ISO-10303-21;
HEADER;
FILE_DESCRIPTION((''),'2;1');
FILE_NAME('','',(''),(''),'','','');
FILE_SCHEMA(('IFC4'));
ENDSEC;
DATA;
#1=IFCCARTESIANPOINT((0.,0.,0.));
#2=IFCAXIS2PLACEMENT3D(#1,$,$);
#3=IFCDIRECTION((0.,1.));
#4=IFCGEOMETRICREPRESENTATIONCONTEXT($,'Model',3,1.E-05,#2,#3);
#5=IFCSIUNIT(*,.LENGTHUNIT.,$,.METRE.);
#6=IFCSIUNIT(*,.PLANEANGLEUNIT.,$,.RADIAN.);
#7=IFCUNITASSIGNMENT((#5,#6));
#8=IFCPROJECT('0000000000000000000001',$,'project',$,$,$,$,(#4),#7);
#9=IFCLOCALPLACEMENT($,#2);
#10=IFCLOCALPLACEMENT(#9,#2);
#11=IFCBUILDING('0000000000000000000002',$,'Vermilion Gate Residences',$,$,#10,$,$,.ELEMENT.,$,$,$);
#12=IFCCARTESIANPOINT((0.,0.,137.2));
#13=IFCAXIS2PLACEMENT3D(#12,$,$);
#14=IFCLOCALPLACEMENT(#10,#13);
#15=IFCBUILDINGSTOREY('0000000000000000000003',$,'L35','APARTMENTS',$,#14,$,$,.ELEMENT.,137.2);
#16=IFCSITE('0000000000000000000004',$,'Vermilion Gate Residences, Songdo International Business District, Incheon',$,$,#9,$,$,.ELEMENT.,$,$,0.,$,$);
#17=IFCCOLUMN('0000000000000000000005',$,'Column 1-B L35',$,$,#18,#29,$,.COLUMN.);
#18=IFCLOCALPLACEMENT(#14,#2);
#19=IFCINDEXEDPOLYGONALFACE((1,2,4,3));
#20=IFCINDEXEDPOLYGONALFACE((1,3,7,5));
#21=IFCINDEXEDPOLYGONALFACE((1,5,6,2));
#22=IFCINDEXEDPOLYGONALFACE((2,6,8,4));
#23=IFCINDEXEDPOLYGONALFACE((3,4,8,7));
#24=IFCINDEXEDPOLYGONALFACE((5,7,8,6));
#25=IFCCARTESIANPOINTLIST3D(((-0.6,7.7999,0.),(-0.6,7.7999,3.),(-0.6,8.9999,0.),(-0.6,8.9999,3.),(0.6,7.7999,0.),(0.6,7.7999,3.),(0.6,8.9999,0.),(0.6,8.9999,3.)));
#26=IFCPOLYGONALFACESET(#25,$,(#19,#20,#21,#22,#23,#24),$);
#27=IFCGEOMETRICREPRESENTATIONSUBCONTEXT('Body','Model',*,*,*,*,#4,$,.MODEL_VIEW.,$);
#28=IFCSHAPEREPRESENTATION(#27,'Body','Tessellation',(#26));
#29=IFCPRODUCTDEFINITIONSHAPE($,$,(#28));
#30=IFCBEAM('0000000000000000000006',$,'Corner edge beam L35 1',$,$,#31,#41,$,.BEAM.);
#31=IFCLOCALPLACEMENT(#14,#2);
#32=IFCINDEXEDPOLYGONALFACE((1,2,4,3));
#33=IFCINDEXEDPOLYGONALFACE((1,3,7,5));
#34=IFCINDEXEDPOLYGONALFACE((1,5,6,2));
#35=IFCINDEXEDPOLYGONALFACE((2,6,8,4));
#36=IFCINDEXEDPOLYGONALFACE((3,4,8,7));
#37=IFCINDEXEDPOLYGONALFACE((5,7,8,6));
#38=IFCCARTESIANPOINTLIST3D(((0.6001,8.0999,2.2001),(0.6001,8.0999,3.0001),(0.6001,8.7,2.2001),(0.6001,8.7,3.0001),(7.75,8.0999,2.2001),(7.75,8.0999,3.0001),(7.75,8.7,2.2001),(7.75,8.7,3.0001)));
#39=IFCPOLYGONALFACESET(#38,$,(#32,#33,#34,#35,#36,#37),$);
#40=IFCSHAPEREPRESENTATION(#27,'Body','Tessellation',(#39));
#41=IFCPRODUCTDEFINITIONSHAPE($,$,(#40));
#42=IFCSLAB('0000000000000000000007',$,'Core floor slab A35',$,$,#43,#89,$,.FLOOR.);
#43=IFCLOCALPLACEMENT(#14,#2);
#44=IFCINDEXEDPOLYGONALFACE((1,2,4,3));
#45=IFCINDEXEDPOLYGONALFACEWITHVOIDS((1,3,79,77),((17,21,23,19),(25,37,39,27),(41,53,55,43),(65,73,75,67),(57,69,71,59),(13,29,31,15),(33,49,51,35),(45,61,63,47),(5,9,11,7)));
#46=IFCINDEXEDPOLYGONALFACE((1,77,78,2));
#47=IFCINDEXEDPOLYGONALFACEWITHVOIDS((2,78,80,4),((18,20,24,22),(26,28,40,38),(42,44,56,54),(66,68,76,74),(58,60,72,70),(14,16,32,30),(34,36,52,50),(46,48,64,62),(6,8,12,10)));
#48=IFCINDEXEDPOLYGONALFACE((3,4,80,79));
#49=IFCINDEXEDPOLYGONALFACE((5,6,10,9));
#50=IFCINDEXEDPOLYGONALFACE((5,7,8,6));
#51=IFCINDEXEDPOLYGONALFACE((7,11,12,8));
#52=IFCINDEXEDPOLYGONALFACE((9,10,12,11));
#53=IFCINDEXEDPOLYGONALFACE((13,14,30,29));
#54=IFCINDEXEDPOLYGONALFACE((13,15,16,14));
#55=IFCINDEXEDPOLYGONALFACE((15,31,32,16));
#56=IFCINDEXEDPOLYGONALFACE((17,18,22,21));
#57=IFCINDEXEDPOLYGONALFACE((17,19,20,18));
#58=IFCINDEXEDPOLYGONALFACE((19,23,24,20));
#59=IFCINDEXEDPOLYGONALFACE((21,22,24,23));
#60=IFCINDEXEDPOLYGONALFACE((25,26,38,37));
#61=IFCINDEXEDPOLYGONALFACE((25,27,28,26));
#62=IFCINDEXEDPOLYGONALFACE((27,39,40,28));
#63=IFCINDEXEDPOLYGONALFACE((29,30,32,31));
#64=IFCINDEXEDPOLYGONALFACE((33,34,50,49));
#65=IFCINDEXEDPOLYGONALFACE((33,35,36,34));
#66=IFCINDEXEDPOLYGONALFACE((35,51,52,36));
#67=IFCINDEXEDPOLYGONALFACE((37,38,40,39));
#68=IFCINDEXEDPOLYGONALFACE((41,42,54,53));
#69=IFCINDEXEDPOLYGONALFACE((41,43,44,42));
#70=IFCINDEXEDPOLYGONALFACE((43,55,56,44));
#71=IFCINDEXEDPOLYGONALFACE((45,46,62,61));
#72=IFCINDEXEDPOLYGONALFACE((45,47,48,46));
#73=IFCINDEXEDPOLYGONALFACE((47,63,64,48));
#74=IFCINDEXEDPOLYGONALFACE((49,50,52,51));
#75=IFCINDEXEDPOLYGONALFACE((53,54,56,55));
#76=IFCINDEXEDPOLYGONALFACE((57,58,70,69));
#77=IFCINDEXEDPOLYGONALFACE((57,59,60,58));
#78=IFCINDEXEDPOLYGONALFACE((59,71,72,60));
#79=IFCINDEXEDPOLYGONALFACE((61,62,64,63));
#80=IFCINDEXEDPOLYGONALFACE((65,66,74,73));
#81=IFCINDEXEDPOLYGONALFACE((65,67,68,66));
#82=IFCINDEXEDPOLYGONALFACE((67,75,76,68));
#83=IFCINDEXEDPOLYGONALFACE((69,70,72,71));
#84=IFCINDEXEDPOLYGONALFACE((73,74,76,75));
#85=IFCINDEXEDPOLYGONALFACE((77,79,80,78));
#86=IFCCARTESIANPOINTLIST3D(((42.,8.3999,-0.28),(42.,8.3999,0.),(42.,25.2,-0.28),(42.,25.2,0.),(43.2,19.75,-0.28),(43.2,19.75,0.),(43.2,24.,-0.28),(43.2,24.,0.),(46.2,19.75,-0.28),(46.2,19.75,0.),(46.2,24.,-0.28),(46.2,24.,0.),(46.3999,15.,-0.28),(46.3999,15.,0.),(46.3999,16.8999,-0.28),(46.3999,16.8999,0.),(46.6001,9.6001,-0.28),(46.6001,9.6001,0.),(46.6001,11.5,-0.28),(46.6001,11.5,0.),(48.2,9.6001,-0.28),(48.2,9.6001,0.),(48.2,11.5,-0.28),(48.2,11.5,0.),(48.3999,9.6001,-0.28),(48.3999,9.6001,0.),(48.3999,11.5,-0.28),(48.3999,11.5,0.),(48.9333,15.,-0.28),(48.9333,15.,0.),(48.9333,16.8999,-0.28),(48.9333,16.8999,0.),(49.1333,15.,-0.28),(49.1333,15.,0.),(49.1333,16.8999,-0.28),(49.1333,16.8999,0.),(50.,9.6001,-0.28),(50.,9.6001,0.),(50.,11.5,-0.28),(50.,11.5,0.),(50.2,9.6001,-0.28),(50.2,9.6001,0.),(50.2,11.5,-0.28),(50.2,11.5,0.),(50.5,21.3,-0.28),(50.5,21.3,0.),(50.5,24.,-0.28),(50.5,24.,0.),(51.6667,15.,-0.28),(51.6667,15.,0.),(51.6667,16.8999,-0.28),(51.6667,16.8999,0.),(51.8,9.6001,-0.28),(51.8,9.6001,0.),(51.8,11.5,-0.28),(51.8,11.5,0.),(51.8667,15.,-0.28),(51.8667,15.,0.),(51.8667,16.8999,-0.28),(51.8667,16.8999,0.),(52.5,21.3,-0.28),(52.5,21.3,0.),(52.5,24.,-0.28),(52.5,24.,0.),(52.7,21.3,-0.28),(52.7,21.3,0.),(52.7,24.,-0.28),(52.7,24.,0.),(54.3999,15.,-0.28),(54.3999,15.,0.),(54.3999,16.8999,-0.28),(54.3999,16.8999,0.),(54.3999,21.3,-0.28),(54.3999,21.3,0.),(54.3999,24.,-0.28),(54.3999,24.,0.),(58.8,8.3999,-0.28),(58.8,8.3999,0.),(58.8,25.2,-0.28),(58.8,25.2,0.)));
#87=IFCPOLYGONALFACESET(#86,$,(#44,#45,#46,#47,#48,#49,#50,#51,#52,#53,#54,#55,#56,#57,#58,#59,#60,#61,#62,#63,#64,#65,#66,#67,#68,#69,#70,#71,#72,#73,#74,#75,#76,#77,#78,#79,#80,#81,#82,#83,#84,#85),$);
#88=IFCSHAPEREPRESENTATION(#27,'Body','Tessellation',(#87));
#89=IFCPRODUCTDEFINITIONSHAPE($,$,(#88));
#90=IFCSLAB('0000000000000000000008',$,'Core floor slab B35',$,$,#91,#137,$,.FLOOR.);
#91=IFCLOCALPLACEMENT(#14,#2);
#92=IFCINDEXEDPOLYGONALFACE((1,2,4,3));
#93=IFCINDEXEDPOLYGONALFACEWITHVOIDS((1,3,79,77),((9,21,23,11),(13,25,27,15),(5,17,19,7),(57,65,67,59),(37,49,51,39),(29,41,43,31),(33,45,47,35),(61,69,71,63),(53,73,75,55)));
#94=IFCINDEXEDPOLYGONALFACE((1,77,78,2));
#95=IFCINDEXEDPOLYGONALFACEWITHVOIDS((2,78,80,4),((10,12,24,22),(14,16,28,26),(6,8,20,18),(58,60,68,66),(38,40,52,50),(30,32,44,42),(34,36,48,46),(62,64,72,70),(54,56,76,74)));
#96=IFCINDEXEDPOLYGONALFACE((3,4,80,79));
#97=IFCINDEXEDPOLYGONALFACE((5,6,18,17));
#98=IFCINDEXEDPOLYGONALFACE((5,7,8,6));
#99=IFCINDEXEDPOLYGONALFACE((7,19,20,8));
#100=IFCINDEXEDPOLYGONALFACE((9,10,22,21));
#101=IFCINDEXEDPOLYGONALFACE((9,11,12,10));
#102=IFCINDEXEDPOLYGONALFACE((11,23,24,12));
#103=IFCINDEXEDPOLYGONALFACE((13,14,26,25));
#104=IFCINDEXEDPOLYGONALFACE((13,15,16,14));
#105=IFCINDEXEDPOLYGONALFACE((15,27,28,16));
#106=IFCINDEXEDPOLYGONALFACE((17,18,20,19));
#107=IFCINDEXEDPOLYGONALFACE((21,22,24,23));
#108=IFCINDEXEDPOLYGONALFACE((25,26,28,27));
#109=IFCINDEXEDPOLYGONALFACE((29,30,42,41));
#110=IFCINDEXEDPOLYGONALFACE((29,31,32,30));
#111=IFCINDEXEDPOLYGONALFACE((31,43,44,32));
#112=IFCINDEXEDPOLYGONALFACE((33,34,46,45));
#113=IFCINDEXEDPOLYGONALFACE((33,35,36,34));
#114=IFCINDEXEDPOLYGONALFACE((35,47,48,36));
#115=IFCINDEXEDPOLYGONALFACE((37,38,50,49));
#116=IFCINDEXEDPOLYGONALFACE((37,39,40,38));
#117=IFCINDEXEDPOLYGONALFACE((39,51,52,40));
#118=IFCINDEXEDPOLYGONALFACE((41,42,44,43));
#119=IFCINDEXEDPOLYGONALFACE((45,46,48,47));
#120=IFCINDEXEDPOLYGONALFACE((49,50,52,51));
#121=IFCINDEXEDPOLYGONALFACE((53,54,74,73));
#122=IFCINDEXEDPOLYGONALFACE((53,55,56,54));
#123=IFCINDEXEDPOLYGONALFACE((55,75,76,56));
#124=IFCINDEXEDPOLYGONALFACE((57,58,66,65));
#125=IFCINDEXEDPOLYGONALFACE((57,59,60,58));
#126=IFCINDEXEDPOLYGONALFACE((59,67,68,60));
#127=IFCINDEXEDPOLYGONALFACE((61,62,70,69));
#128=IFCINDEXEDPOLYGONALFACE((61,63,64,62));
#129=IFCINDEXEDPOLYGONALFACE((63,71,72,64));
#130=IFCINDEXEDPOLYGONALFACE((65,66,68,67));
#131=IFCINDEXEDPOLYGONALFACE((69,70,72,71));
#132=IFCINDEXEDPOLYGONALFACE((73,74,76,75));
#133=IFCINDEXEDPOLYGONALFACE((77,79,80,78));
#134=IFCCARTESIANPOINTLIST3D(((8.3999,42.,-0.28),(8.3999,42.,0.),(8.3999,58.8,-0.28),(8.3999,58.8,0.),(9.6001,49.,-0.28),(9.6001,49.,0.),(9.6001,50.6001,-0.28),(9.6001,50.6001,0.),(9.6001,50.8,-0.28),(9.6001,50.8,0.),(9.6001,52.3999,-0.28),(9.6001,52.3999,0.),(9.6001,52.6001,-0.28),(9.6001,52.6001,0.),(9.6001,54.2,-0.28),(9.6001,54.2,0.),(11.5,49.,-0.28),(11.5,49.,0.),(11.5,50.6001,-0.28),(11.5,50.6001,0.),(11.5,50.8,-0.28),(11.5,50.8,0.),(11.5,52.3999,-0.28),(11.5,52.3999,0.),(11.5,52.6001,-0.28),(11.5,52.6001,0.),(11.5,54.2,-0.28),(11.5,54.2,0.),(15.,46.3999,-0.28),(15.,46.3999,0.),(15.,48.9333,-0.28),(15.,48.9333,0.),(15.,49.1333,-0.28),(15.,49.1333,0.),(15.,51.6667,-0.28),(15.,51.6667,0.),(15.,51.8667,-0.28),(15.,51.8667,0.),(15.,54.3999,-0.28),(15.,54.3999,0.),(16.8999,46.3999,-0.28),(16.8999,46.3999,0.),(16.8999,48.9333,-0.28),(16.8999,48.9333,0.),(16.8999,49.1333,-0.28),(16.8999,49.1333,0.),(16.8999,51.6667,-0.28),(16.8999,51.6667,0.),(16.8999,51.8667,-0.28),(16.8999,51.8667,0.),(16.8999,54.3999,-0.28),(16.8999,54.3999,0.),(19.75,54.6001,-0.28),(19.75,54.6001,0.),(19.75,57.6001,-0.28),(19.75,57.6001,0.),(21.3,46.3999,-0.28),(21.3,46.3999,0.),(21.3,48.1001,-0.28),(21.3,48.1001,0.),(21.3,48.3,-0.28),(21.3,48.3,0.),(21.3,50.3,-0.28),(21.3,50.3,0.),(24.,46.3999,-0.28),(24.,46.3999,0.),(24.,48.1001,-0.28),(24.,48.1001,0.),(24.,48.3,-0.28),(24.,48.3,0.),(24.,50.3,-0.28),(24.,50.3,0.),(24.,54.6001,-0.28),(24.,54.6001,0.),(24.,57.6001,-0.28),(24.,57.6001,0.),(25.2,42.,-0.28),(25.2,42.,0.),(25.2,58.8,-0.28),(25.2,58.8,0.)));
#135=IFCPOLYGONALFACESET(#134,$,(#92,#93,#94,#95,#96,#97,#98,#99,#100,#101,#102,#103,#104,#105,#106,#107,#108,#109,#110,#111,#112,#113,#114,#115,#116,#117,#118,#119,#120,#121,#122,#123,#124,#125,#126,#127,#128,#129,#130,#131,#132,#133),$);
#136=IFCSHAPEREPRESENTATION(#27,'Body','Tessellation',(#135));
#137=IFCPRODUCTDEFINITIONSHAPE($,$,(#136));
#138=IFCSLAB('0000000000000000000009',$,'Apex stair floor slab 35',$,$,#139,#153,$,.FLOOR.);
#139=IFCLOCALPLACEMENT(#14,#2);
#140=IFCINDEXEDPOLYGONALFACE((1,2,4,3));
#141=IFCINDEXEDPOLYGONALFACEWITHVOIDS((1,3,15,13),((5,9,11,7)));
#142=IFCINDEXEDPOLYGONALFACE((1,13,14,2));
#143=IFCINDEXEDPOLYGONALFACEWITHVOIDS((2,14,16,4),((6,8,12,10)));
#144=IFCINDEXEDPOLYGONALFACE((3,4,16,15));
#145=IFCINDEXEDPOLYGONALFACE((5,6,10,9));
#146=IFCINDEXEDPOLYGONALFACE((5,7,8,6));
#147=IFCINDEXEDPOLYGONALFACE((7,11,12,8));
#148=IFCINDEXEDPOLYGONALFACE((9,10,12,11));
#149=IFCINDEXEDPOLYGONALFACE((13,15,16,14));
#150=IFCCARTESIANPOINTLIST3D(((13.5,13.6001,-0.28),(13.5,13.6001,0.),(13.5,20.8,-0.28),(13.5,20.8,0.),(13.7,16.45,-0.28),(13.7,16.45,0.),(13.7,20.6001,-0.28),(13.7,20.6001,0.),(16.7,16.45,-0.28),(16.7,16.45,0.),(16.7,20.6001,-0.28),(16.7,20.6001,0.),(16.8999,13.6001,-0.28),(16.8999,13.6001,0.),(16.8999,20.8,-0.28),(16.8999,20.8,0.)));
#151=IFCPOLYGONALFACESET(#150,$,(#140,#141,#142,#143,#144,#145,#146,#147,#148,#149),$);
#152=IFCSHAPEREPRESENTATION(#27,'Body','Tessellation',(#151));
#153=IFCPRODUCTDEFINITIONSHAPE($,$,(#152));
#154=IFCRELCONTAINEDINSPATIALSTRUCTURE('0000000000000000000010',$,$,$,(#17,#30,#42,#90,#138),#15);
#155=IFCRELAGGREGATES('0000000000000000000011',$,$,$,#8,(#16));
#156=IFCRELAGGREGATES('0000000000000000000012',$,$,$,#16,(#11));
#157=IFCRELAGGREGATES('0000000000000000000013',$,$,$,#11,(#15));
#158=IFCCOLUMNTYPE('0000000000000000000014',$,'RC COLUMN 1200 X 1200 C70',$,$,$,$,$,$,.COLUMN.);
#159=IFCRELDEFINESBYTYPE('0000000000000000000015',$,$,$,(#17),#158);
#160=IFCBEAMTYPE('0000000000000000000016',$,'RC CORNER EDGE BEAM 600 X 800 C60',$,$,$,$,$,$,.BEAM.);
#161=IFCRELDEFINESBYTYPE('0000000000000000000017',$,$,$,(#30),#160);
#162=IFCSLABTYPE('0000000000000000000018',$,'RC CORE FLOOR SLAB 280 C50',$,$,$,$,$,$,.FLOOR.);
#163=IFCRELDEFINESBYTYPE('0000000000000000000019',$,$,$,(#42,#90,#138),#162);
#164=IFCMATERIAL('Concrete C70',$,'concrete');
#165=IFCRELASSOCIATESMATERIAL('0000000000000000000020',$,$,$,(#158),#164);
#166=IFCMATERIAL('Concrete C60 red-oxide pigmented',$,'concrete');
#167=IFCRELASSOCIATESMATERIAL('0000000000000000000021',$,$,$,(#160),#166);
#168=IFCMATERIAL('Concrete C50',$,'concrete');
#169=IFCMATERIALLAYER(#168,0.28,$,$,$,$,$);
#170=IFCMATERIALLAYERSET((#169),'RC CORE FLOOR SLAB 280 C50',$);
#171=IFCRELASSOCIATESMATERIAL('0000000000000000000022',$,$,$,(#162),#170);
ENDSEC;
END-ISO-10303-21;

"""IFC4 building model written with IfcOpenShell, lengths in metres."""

from ifc_helpers import new_model, si_unit, direction, frame, origin, origin_2d, place, context, subcontext, project, spatial, polyline, rectangle, outline, extrude, material, layer, layer_set, material_profile, profile_set, type_object, element, save


model = new_model("IFC4")

# Units and contexts
model_context = context("Model", 3, precision=1e-05, world=origin(), true_north=direction((0.0, 1.0)))
body_context = subcontext(model_context, "Body", "Model", "MODEL_VIEW")
ifc_project = project(units=[si_unit("LENGTHUNIT", "METRE"), si_unit("PLANEANGLEUNIT", "RADIAN")], contexts=[model_context])

# Site, building, storey
site_placement = place(None, origin())
site = spatial("IfcSite", under=ifc_project, at=site_placement, Name="Vermilion Gate Residences, Songdo International Business District, Incheon", CompositionType="ELEMENT", RefElevation=0.0)
building_placement = place(site_placement, origin())
building = spatial("IfcBuilding", under=site, at=building_placement, Name="Vermilion Gate Residences", CompositionType="ELEMENT")
storey_placement = place(building_placement, frame((0.0, 0.0, 137.2)))
storey = spatial("IfcBuildingStorey", under=building, at=storey_placement, Name="L35", Description="APARTMENTS", CompositionType="ELEMENT", Elevation=137.2)

# Column
ifc_material_1 = material(Name="Concrete C70", Category="concrete")
ifc_material_profile_1 = material_profile(ifc_material_1, rectangle(XDim=1.2, YDim=1.2, at=origin_2d()), Name="RC-1200x1200")
ifc_profile_set_1 = profile_set([ifc_material_profile_1], Name="Concrete C70")
column_type = type_object("IfcColumnType", Name="RC COLUMN 1200 X 1200 C70", PredefinedType="COLUMN", material=ifc_profile_set_1)
column_placement = place(storey_placement, frame((0.0, 8.3999, 0.0), z_axis=(0.0, 0.0, 1.0), x_axis=(1.0, 0.0, 0.0)))
element("IfcColumn", 1, at=column_placement, inside=storey, type_object=column_type, Name="Column 1-B L35", PredefinedType="COLUMN", context=body_context, shape_type="SweptSolid", body=[
    extrude(rectangle(XDim=1.2, YDim=1.2, at=origin_2d()), origin(), (0.0, 0.0, 1.0), 3.0),
])

# Beam
ifc_material_2 = material(Name="Concrete C60 red-oxide pigmented", Category="concrete")
ifc_material_profile_2 = material_profile(ifc_material_2, rectangle(XDim=0.6001, YDim=0.8, at=origin_2d()), Name="RC-600x800")
ifc_profile_set_2 = profile_set([ifc_material_profile_2], Name="Concrete C60 red-oxide pigmented")
beam_type = type_object("IfcBeamType", Name="RC CORNER EDGE BEAM 600 X 800 C60", PredefinedType="BEAM", material=ifc_profile_set_2)
beam_placement = place(storey_placement, frame((0.6001, 8.3999, 2.6001), z_axis=(1.0, 0.0, 0.0), x_axis=(0.0, 1.0, 0.0)))
element("IfcBeam", 2, at=beam_placement, inside=storey, type_object=beam_type, Name="Corner edge beam L35 1", PredefinedType="BEAM", context=body_context, shape_type="SweptSolid", body=[
    extrude(rectangle(XDim=0.6001, YDim=0.8, at=origin_2d()), origin(), (0.0, 0.0, 1.0), 7.1499),
])

# Slabs
ifc_material_3 = material(Name="Concrete C50", Category="concrete")
ifc_layer_1 = layer(ifc_material_3, 0.28)
ifc_layer_set_1 = layer_set([ifc_layer_1], Name="RC CORE FLOOR SLAB 280 C50")
slab_type_1 = type_object("IfcSlabType", Name="RC CORE FLOOR SLAB 280 C50", PredefinedType="FLOOR", material=ifc_layer_set_1)
slab_1_placement = place(storey_placement, frame((0.0, 0.0, -0.28)))
element("IfcSlab", 3, at=slab_1_placement, inside=storey, type_object=slab_type_1, Name="Core floor slab A35", PredefinedType="FLOOR", context=body_context, shape_type="SweptSolid", body=[
    extrude(outline(polyline([(42.0, 8.3999), (58.8, 8.3999), (58.8, 25.2), (42.0, 25.2), (42.0, 8.3999)]), holes=[polyline([(46.6001, 11.5), (48.2, 11.5), (48.2, 9.6001), (46.6001, 9.6001), (46.6001, 11.5)]), polyline([(48.3999, 11.5), (50.0, 11.5), (50.0, 9.6001), (48.3999, 9.6001), (48.3999, 11.5)]), polyline([(50.2, 11.5), (51.8, 11.5), (51.8, 9.6001), (50.2, 9.6001), (50.2, 11.5)]), polyline([(46.3999, 16.8999), (48.9333, 16.8999), (48.9333, 15.0), (46.3999, 15.0), (46.3999, 16.8999)]), polyline([(49.1333, 16.8999), (51.6667, 16.8999), (51.6667, 15.0), (49.1333, 15.0), (49.1333, 16.8999)]), polyline([(51.8667, 16.8999), (54.3999, 16.8999), (54.3999, 15.0), (51.8667, 15.0), (51.8667, 16.8999)]), polyline([(43.2, 24.0), (46.2, 24.0), (46.2, 19.75), (43.2, 19.75), (43.2, 24.0)]), polyline([(52.5, 24.0), (52.5, 21.3), (50.5, 21.3), (50.5, 24.0), (52.5, 24.0)]), polyline([(54.3999, 24.0), (54.3999, 21.3), (52.7, 21.3), (52.7, 24.0), (54.3999, 24.0)])]), origin(), (0.0, 0.0, 1.0), 0.28),
])
slab_2_placement = place(storey_placement, frame((0.0, 0.0, -0.28)))
element("IfcSlab", 4, at=slab_2_placement, inside=storey, type_object=slab_type_1, Name="Core floor slab B35", PredefinedType="FLOOR", context=body_context, shape_type="SweptSolid", body=[
    extrude(outline(polyline([(8.3999, 42.0), (25.2, 42.0), (25.2, 58.8), (8.3999, 58.8), (8.3999, 42.0)]), holes=[polyline([(21.3, 48.1001), (24.0, 48.1001), (24.0, 46.3999), (21.3, 46.3999), (21.3, 48.1001)]), polyline([(15.0, 48.9333), (16.8999, 48.9333), (16.8999, 46.3999), (15.0, 46.3999), (15.0, 48.9333)]), polyline([(21.3, 50.3), (24.0, 50.3), (24.0, 48.3), (21.3, 48.3), (21.3, 50.3)]), polyline([(9.6001, 50.6001), (11.5, 50.6001), (11.5, 49.0), (9.6001, 49.0), (9.6001, 50.6001)]), polyline([(15.0, 51.6667), (16.8999, 51.6667), (16.8999, 49.1333), (15.0, 49.1333), (15.0, 51.6667)]), polyline([(9.6001, 52.3999), (11.5, 52.3999), (11.5, 50.8), (9.6001, 50.8), (9.6001, 52.3999)]), polyline([(15.0, 54.3999), (16.8999, 54.3999), (16.8999, 51.8667), (15.0, 51.8667), (15.0, 54.3999)]), polyline([(11.5, 54.2), (11.5, 52.6001), (9.6001, 52.6001), (9.6001, 54.2), (11.5, 54.2)]), polyline([(24.0, 57.6001), (24.0, 54.6001), (19.75, 54.6001), (19.75, 57.6001), (24.0, 57.6001)])]), origin(), (0.0, 0.0, 1.0), 0.28),
])
slab_3_placement = place(storey_placement, frame((0.0, 0.0, -0.28)))
element("IfcSlab", 5, at=slab_3_placement, inside=storey, type_object=slab_type_1, Name="Apex stair floor slab 35", PredefinedType="FLOOR", context=body_context, shape_type="SweptSolid", body=[
    extrude(outline(polyline([(13.5, 13.6001), (16.8999, 13.6001), (16.8999, 20.8), (13.5, 20.8), (13.5, 13.6001)]), holes=[polyline([(16.7, 20.6001), (16.7, 16.45), (13.7, 16.45), (13.7, 20.6001), (16.7, 20.6001)])]), origin(), (0.0, 0.0, 1.0), 0.28),
])

save(model, "model.ifc")
